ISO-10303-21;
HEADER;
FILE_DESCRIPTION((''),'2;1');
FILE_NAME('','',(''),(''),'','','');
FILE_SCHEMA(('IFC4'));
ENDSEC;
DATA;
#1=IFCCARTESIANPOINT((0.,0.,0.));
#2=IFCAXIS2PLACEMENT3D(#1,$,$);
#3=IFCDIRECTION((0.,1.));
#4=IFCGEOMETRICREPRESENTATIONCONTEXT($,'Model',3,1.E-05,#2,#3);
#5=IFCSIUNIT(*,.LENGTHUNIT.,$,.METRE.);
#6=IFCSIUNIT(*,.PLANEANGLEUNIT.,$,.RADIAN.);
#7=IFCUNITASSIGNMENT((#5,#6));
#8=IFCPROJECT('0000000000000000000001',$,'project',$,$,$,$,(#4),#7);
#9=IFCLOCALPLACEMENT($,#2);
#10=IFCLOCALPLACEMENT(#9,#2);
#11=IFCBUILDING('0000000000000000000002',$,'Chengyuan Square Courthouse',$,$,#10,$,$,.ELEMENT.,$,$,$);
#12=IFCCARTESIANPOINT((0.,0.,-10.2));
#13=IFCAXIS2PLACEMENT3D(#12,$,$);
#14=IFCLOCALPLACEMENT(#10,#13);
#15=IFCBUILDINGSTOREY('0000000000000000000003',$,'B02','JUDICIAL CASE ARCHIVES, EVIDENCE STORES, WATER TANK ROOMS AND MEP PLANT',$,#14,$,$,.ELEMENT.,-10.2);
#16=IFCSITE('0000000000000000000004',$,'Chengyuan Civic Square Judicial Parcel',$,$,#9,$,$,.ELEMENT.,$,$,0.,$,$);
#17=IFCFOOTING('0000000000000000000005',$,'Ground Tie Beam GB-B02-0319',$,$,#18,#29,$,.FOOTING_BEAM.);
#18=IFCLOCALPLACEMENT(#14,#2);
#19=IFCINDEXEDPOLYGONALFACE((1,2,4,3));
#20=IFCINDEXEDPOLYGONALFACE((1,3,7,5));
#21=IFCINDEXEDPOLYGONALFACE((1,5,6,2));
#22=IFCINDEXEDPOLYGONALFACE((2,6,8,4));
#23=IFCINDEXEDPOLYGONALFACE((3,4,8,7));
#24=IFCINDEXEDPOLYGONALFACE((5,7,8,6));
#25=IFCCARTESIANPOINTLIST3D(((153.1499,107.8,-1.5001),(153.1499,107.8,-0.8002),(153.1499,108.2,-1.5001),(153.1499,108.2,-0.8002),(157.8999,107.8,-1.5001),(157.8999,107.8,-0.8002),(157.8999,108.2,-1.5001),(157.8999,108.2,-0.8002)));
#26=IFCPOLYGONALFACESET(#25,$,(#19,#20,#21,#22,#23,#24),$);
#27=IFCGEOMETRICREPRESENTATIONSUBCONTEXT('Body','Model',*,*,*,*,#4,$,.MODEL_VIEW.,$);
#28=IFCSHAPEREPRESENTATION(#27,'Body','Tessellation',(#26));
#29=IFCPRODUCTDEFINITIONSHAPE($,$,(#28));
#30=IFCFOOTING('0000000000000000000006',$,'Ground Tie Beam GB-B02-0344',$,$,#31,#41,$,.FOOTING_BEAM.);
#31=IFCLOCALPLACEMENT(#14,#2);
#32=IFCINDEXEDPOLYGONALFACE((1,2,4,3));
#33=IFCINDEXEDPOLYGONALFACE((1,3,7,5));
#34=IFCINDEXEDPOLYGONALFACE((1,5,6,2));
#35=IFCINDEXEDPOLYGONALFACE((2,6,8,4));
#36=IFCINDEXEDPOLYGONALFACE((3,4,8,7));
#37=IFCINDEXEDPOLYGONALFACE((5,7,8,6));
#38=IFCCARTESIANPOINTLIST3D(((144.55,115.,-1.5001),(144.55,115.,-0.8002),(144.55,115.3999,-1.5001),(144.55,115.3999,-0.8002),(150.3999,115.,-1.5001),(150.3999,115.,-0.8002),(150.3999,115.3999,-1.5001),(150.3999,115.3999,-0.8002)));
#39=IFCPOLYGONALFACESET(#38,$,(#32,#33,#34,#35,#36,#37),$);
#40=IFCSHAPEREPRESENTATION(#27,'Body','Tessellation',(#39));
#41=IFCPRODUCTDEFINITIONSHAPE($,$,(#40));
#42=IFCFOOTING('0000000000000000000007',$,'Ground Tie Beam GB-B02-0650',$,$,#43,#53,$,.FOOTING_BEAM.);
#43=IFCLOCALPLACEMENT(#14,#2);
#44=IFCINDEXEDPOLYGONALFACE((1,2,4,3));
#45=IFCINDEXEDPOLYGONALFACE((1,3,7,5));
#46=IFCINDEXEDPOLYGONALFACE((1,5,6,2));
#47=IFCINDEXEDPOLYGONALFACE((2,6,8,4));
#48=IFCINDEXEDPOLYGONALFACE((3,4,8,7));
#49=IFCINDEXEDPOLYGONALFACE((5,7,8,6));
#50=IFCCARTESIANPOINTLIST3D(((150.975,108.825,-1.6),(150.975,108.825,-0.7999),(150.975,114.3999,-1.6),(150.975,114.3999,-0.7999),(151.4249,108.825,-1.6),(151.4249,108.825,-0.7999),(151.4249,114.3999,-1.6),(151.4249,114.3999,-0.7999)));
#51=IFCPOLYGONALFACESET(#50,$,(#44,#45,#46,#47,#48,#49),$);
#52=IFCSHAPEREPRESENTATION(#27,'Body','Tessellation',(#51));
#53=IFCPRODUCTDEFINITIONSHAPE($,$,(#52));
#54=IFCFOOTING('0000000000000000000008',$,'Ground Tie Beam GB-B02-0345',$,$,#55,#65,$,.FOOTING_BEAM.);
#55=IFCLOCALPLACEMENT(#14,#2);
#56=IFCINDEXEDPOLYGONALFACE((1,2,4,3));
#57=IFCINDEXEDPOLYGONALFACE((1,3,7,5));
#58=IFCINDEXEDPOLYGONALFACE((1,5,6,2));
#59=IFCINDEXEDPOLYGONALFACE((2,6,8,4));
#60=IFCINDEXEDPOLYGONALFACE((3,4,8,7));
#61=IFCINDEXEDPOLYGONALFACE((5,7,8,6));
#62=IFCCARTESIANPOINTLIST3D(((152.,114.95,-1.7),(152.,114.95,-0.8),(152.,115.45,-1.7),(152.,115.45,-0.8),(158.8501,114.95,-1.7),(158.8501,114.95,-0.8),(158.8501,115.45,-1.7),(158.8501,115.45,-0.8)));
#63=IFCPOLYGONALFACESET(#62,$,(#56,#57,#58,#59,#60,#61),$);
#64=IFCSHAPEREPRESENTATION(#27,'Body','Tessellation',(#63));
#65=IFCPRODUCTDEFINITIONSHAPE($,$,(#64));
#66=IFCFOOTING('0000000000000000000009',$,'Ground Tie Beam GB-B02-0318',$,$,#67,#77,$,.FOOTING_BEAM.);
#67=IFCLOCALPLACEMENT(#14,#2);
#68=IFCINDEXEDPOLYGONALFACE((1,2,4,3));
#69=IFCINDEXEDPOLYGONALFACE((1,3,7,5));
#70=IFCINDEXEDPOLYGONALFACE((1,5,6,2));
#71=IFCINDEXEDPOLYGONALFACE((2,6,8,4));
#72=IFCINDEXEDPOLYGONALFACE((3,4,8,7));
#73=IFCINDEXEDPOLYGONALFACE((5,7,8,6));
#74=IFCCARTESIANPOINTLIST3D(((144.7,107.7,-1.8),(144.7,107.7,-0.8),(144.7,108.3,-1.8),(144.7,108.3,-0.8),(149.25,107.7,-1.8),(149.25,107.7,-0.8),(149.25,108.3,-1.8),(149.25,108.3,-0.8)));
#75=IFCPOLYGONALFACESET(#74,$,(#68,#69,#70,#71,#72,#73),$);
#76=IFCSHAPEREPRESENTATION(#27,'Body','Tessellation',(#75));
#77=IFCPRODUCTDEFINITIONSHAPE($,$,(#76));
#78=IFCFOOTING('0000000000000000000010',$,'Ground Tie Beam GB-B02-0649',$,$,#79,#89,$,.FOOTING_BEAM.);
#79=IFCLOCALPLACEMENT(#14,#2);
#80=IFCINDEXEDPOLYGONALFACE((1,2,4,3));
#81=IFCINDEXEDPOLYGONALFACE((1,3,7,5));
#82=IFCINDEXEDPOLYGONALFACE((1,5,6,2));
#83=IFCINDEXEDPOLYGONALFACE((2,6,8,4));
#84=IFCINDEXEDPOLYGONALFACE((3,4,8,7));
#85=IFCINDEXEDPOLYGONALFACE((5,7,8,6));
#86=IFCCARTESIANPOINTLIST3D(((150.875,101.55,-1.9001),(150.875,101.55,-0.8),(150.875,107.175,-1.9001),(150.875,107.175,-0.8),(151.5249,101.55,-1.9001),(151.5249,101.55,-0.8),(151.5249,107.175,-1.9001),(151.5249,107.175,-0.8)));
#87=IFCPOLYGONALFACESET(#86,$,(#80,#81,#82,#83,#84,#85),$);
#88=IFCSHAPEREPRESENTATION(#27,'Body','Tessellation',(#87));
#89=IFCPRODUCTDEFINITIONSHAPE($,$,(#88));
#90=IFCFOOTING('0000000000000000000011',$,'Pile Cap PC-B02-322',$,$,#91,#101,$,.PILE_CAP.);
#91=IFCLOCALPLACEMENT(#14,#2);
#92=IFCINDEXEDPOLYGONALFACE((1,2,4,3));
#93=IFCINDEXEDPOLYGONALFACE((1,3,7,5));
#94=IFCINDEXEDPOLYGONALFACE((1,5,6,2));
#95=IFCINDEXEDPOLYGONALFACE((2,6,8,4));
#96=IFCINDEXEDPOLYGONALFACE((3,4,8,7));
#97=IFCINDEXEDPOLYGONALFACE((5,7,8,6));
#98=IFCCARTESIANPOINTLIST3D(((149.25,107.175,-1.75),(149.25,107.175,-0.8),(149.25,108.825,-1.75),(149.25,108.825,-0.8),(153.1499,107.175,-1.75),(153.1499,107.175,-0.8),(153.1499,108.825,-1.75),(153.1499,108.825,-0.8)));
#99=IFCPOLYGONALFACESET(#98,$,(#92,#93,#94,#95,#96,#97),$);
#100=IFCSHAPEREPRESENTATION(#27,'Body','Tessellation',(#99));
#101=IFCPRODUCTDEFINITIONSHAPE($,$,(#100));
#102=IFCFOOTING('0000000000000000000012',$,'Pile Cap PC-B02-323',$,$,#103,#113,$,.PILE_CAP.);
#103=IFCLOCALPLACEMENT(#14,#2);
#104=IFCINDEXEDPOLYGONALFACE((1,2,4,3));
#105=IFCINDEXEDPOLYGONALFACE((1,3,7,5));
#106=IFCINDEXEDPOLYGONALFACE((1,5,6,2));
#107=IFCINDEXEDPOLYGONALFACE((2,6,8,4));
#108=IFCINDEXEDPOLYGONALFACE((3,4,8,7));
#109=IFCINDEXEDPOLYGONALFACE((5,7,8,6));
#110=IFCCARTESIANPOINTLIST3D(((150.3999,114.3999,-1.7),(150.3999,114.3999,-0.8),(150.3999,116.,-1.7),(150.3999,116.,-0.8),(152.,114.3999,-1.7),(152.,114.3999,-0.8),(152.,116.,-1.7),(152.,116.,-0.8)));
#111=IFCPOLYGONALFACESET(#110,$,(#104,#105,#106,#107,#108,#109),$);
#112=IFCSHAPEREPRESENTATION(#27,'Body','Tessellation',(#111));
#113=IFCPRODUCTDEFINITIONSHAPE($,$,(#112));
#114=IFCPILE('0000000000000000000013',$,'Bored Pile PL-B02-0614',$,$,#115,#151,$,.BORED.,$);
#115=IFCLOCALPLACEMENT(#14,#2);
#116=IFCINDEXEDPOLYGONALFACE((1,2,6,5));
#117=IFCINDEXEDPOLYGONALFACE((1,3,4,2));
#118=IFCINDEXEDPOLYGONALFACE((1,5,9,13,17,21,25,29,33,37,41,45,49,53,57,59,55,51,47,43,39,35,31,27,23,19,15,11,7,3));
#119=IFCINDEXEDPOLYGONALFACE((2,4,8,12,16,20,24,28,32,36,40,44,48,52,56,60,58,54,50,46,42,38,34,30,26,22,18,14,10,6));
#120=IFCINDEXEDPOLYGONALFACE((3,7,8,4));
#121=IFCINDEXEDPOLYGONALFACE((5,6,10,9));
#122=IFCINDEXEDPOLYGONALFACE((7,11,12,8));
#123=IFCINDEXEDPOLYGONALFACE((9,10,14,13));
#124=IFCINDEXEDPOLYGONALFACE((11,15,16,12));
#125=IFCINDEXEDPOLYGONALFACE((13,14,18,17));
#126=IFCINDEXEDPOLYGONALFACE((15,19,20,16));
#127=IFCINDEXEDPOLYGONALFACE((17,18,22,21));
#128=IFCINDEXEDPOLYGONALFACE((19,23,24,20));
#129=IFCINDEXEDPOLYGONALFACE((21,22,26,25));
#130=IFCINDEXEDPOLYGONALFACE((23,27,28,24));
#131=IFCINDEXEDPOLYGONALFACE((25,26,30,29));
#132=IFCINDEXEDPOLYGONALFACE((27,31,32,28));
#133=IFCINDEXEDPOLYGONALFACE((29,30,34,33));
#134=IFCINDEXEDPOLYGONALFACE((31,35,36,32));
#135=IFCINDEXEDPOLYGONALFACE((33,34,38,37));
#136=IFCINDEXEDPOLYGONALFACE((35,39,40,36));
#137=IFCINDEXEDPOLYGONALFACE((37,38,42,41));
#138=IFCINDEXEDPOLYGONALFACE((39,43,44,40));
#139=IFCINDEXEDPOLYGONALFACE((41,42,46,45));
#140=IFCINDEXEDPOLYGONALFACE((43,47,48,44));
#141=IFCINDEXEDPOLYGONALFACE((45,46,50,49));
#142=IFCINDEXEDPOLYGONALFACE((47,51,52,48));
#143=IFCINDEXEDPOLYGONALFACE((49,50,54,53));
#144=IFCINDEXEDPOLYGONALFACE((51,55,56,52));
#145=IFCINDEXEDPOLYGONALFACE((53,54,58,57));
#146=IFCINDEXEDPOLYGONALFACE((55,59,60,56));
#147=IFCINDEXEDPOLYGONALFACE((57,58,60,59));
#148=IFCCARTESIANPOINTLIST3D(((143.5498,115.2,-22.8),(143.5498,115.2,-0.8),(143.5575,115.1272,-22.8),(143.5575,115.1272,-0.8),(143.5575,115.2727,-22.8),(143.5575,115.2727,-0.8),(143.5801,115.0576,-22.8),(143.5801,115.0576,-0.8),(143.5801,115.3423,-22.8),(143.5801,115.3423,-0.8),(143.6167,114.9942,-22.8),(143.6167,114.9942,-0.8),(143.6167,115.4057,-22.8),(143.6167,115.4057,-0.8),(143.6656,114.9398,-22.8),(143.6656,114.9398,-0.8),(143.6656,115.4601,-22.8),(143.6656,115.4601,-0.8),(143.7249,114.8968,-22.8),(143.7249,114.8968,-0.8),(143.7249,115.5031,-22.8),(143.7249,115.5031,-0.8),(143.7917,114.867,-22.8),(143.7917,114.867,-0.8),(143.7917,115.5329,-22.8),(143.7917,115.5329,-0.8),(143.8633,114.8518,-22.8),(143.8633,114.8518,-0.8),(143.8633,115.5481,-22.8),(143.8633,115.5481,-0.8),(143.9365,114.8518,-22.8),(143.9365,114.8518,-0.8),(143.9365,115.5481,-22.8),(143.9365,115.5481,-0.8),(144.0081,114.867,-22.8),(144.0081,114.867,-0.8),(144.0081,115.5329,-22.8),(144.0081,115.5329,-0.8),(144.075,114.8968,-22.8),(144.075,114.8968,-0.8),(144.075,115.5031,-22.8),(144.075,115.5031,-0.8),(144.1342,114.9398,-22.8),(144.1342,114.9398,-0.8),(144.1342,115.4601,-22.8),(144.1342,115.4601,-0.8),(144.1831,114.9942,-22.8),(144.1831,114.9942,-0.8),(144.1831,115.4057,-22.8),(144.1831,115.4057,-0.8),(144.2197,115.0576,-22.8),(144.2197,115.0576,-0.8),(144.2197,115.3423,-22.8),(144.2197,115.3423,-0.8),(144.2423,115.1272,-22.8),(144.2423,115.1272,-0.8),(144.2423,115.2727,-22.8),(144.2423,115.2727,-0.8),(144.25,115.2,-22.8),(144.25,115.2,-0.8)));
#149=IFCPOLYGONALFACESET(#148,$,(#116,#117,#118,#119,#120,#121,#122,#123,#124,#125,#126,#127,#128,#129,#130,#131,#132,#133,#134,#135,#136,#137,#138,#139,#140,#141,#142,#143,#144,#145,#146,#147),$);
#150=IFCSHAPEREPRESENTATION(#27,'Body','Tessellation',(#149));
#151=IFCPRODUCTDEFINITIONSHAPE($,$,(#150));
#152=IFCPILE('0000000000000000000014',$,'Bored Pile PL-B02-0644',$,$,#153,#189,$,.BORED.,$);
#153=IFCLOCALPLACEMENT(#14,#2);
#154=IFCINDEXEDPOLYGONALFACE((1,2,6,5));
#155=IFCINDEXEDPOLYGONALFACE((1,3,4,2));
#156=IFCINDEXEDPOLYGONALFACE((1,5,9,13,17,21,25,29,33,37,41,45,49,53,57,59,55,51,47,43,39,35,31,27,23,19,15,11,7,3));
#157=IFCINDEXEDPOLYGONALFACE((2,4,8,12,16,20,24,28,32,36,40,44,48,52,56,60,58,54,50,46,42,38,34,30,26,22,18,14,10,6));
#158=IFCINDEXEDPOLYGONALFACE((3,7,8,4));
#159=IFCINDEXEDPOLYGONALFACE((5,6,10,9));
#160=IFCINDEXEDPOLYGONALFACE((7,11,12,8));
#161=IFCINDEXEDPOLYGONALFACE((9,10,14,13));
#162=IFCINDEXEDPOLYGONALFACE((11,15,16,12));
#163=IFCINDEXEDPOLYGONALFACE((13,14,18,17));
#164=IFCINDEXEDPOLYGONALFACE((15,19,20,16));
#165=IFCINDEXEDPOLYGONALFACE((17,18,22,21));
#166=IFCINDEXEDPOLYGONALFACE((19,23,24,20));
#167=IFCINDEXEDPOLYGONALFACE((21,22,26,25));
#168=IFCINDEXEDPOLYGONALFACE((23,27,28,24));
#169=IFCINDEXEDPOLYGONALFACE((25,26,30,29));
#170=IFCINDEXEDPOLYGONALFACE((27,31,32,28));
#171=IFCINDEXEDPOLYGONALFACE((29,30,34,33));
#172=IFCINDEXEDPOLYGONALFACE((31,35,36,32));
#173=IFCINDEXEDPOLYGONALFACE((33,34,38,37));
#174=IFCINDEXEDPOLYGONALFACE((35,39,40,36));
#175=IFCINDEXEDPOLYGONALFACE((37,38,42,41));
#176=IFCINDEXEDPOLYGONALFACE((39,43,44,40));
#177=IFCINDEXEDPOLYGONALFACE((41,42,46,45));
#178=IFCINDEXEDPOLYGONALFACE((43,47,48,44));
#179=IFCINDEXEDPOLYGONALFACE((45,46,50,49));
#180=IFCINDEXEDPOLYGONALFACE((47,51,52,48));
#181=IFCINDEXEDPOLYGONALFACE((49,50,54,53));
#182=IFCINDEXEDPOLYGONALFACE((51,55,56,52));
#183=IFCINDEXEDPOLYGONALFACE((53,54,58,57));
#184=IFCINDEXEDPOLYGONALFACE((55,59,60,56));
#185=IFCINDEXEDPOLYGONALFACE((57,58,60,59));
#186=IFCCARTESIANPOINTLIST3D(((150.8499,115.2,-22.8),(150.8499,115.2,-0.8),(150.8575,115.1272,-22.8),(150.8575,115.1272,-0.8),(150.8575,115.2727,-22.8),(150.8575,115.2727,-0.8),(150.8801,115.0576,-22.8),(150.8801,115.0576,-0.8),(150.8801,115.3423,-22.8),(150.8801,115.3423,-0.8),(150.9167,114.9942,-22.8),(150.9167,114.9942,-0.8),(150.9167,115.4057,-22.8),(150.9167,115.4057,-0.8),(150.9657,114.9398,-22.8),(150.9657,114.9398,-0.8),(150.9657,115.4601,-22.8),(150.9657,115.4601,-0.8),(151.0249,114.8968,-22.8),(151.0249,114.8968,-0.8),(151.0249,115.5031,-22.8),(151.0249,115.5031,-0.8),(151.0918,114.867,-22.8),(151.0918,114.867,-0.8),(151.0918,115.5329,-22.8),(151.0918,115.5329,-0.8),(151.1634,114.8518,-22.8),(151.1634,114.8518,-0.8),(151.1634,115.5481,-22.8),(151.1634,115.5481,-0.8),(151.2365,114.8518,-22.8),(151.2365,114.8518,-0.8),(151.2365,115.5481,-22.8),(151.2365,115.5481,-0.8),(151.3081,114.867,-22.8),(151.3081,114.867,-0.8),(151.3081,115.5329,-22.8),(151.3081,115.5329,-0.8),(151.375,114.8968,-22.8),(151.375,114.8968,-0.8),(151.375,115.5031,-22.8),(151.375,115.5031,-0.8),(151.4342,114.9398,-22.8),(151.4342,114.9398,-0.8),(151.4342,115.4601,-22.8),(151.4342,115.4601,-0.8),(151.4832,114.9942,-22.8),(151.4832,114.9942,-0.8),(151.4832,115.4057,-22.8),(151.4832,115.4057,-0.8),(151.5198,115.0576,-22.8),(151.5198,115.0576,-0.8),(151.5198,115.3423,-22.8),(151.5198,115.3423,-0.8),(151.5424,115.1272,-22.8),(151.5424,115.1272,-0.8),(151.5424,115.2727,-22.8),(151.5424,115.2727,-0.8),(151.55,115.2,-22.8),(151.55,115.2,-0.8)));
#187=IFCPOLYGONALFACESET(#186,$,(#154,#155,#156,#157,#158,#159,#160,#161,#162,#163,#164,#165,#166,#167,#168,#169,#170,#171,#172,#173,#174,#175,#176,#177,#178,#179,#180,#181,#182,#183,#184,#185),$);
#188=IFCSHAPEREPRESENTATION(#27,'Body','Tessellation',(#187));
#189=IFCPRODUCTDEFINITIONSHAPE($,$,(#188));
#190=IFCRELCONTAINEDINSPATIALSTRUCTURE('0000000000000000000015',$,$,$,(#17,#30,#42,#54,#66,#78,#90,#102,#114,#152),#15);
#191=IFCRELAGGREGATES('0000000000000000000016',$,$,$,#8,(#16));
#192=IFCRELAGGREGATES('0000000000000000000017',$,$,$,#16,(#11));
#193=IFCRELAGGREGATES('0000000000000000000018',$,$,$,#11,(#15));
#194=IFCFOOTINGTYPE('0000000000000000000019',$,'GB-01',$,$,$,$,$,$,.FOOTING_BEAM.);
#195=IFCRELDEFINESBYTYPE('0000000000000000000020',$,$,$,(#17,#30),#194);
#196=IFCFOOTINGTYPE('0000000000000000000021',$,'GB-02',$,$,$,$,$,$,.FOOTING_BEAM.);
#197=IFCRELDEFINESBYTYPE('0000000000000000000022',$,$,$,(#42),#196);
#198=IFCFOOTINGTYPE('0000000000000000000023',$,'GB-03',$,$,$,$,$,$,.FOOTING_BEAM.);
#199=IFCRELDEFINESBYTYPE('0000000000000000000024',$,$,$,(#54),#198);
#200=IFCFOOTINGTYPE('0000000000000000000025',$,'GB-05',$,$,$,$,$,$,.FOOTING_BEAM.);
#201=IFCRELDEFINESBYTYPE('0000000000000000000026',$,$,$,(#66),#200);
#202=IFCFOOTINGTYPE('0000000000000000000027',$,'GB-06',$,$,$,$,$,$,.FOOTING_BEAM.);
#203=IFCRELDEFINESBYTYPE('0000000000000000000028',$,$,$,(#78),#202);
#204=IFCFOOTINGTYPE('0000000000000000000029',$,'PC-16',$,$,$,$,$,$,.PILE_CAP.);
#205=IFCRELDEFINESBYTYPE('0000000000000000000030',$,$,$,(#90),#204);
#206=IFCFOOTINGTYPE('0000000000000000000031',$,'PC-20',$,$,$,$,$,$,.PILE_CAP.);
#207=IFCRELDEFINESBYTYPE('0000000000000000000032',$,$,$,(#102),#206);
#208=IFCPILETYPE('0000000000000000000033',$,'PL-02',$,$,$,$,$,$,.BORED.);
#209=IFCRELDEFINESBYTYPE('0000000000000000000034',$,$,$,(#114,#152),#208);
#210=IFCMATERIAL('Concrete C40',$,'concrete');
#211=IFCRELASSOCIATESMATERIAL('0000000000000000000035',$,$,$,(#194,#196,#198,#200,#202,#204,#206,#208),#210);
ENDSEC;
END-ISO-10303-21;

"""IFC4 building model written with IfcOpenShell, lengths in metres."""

from ifc_helpers import new_model, si_unit, direction, frame, origin, origin_2d, place, context, subcontext, project, spatial, rectangle, circle, extrude, material, material_profile, profile_set, type_object, element, save


model = new_model("IFC4")

# Units and contexts
model_context = context("Model", 3, precision=1e-05, world=origin(), true_north=direction((0.0, 1.0)))
body_context = subcontext(model_context, "Body", "Model", "MODEL_VIEW")
ifc_project = project(units=[si_unit("LENGTHUNIT", "METRE"), si_unit("PLANEANGLEUNIT", "RADIAN")], contexts=[model_context])

# Site, building, storey
site_placement = place(None, origin())
site = spatial("IfcSite", under=ifc_project, at=site_placement, Name="Chengyuan Civic Square Judicial Parcel", CompositionType="ELEMENT", RefElevation=0.0)
building_placement = place(site_placement, origin())
building = spatial("IfcBuilding", under=site, at=building_placement, Name="Chengyuan Square Courthouse", CompositionType="ELEMENT")
storey_placement = place(building_placement, frame((0.0, 0.0, -10.2)))
storey = spatial("IfcBuildingStorey", under=building, at=storey_placement, Name="B02", Description="JUDICIAL CASE ARCHIVES, EVIDENCE STORES, WATER TANK ROOMS AND MEP PLANT", CompositionType="ELEMENT", Elevation=-10.2)

# Footings
ifc_material_1 = material(Name="Concrete C40", Category="concrete")
ifc_material_profile_1 = material_profile(ifc_material_1, rectangle(XDim=0.3999, YDim=0.7, at=origin_2d()), Name="GB-400x700")
ifc_profile_set_1 = profile_set([ifc_material_profile_1], Name="Concrete C40")
footing_type_1 = type_object("IfcFootingType", Name="GB-01", PredefinedType="FOOTING_BEAM", material=ifc_profile_set_1)
footing_1_placement = place(storey_placement, frame((153.1499, 108.0, -1.1501), z_axis=(1.0, 0.0, 0.0), x_axis=(0.0, 1.0, 0.0)))
element("IfcFooting", 1, at=footing_1_placement, inside=storey, type_object=footing_type_1, Name="Ground Tie Beam GB-B02-0319", PredefinedType="FOOTING_BEAM", context=body_context, shape_type="SweptSolid", body=[
    extrude(rectangle(XDim=0.3999, YDim=0.7, at=origin_2d()), origin(), (0.0, 0.0, 1.0), 4.75),
])
footing_2_placement = place(storey_placement, frame((144.55, 115.2, -1.1501), z_axis=(1.0, 0.0, 0.0), x_axis=(0.0, 1.0, 0.0)))
element("IfcFooting", 2, at=footing_2_placement, inside=storey, type_object=footing_type_1, Name="Ground Tie Beam GB-B02-0344", PredefinedType="FOOTING_BEAM", context=body_context, shape_type="SweptSolid", body=[
    extrude(rectangle(XDim=0.3999, YDim=0.7, at=origin_2d()), origin(), (0.0, 0.0, 1.0), 5.8499),
])
ifc_material_profile_2 = material_profile(ifc_material_1, rectangle(XDim=0.45, YDim=0.8, at=origin_2d()), Name="GB-450x800")
ifc_profile_set_2 = profile_set([ifc_material_profile_2], Name="Concrete C40")
footing_type_2 = type_object("IfcFootingType", Name="GB-02", PredefinedType="FOOTING_BEAM", material=ifc_profile_set_2)
footing_3_placement = place(storey_placement, frame((151.2, 108.825, -1.2), z_axis=(0.0, 1.0, 0.0), x_axis=(-1.0, 0.0, 0.0)))
element("IfcFooting", 3, at=footing_3_placement, inside=storey, type_object=footing_type_2, Name="Ground Tie Beam GB-B02-0650", PredefinedType="FOOTING_BEAM", context=body_context, shape_type="SweptSolid", body=[
    extrude(rectangle(XDim=0.45, YDim=0.8, at=origin_2d()), origin(), (0.0, 0.0, 1.0), 5.575),
])
ifc_material_profile_3 = material_profile(ifc_material_1, rectangle(XDim=0.5, YDim=0.8999, at=origin_2d()), Name="GB-500x900")
ifc_profile_set_3 = profile_set([ifc_material_profile_3], Name="Concrete C40")
footing_type_3 = type_object("IfcFootingType", Name="GB-03", PredefinedType="FOOTING_BEAM", material=ifc_profile_set_3)
footing_4_placement = place(storey_placement, frame((152.0, 115.2, -1.25), z_axis=(1.0, 0.0, 0.0), x_axis=(0.0, 1.0, 0.0)))
element("IfcFooting", 4, at=footing_4_placement, inside=storey, type_object=footing_type_3, Name="Ground Tie Beam GB-B02-0345", PredefinedType="FOOTING_BEAM", context=body_context, shape_type="SweptSolid", body=[
    extrude(rectangle(XDim=0.5, YDim=0.8999, at=origin_2d()), origin(), (0.0, 0.0, 1.0), 6.8501),
])
ifc_material_profile_4 = material_profile(ifc_material_1, rectangle(XDim=0.6001, YDim=1.0, at=origin_2d()), Name="GB-600x1000")
ifc_profile_set_4 = profile_set([ifc_material_profile_4], Name="Concrete C40")
footing_type_4 = type_object("IfcFootingType", Name="GB-05", PredefinedType="FOOTING_BEAM", material=ifc_profile_set_4)
footing_5_placement = place(storey_placement, frame((144.7, 108.0, -1.3), z_axis=(1.0, 0.0, 0.0), x_axis=(0.0, 1.0, 0.0)))
element("IfcFooting", 5, at=footing_5_placement, inside=storey, type_object=footing_type_4, Name="Ground Tie Beam GB-B02-0318", PredefinedType="FOOTING_BEAM", context=body_context, shape_type="SweptSolid", body=[
    extrude(rectangle(XDim=0.6001, YDim=1.0, at=origin_2d()), origin(), (0.0, 0.0, 1.0), 4.55),
])
ifc_material_profile_5 = material_profile(ifc_material_1, rectangle(XDim=0.6499, YDim=1.1001, at=origin_2d()), Name="GB-650x1100")
ifc_profile_set_5 = profile_set([ifc_material_profile_5], Name="Concrete C40")
footing_type_5 = type_object("IfcFootingType", Name="GB-06", PredefinedType="FOOTING_BEAM", material=ifc_profile_set_5)
footing_6_placement = place(storey_placement, frame((151.2, 101.55, -1.3501), z_axis=(0.0, 1.0, 0.0), x_axis=(-1.0, 0.0, 0.0)))
element("IfcFooting", 6, at=footing_6_placement, inside=storey, type_object=footing_type_5, Name="Ground Tie Beam GB-B02-0649", PredefinedType="FOOTING_BEAM", context=body_context, shape_type="SweptSolid", body=[
    extrude(rectangle(XDim=0.6499, YDim=1.1001, at=origin_2d()), origin(), (0.0, 0.0, 1.0), 5.625),
])
footing_type_6 = type_object("IfcFootingType", Name="PC-16", PredefinedType="PILE_CAP", material=ifc_material_1)
footing_7_placement = place(storey_placement, frame((151.2, 108.0, -1.75), z_axis=(0.0, 0.0, 1.0), x_axis=(1.0, 0.0, 0.0)))
element("IfcFooting", 7, at=footing_7_placement, inside=storey, type_object=footing_type_6, Name="Pile Cap PC-B02-322", PredefinedType="PILE_CAP", context=body_context, shape_type="SweptSolid", body=[
    extrude(rectangle(XDim=3.8999, YDim=1.6499, at=origin_2d()), origin(), (0.0, 0.0, 1.0), 0.95),
])
footing_type_7 = type_object("IfcFootingType", Name="PC-20", PredefinedType="PILE_CAP", material=ifc_material_1)
footing_8_placement = place(storey_placement, frame((151.2, 115.2, -1.7), z_axis=(0.0, 0.0, 1.0), x_axis=(1.0, 0.0, 0.0)))
element("IfcFooting", 8, at=footing_8_placement, inside=storey, type_object=footing_type_7, Name="Pile Cap PC-B02-323", PredefinedType="PILE_CAP", context=body_context, shape_type="SweptSolid", body=[
    extrude(rectangle(XDim=1.6001, YDim=1.6001, at=origin_2d()), origin(), (0.0, 0.0, 1.0), 0.8999),
])

# Piles
ifc_material_profile_6 = material_profile(ifc_material_1, circle(Radius=0.3501, at=origin_2d()), Name="BORED PILE D700")
ifc_profile_set_6 = profile_set([ifc_material_profile_6], Name="Concrete C40")
pile_type_1 = type_object("IfcPileType", Name="PL-02", PredefinedType="BORED", material=ifc_profile_set_6)
for number, where, z_axis, x_axis, name in (
    (9, (143.8999, 115.2, -0.8), (0.0, 0.0, -1.0), (1.0, 0.0, 0.0), "Bored Pile PL-B02-0614"),
    (10, (151.2, 115.2, -0.8), (0.0, 0.0, -1.0), (1.0, 0.0, 0.0), "Bored Pile PL-B02-0644"),
):
    element("IfcPile", number, at=place(storey_placement, frame(where, z_axis=z_axis, x_axis=x_axis)), inside=storey, type_object=pile_type_1, Name=name, PredefinedType="BORED", context=body_context, shape_type="SweptSolid", body=[
        extrude(circle(Radius=0.3501, at=origin_2d()), origin(), (0.0, 0.0, 1.0), 22.0),
    ])

save(model, "model.ifc")
